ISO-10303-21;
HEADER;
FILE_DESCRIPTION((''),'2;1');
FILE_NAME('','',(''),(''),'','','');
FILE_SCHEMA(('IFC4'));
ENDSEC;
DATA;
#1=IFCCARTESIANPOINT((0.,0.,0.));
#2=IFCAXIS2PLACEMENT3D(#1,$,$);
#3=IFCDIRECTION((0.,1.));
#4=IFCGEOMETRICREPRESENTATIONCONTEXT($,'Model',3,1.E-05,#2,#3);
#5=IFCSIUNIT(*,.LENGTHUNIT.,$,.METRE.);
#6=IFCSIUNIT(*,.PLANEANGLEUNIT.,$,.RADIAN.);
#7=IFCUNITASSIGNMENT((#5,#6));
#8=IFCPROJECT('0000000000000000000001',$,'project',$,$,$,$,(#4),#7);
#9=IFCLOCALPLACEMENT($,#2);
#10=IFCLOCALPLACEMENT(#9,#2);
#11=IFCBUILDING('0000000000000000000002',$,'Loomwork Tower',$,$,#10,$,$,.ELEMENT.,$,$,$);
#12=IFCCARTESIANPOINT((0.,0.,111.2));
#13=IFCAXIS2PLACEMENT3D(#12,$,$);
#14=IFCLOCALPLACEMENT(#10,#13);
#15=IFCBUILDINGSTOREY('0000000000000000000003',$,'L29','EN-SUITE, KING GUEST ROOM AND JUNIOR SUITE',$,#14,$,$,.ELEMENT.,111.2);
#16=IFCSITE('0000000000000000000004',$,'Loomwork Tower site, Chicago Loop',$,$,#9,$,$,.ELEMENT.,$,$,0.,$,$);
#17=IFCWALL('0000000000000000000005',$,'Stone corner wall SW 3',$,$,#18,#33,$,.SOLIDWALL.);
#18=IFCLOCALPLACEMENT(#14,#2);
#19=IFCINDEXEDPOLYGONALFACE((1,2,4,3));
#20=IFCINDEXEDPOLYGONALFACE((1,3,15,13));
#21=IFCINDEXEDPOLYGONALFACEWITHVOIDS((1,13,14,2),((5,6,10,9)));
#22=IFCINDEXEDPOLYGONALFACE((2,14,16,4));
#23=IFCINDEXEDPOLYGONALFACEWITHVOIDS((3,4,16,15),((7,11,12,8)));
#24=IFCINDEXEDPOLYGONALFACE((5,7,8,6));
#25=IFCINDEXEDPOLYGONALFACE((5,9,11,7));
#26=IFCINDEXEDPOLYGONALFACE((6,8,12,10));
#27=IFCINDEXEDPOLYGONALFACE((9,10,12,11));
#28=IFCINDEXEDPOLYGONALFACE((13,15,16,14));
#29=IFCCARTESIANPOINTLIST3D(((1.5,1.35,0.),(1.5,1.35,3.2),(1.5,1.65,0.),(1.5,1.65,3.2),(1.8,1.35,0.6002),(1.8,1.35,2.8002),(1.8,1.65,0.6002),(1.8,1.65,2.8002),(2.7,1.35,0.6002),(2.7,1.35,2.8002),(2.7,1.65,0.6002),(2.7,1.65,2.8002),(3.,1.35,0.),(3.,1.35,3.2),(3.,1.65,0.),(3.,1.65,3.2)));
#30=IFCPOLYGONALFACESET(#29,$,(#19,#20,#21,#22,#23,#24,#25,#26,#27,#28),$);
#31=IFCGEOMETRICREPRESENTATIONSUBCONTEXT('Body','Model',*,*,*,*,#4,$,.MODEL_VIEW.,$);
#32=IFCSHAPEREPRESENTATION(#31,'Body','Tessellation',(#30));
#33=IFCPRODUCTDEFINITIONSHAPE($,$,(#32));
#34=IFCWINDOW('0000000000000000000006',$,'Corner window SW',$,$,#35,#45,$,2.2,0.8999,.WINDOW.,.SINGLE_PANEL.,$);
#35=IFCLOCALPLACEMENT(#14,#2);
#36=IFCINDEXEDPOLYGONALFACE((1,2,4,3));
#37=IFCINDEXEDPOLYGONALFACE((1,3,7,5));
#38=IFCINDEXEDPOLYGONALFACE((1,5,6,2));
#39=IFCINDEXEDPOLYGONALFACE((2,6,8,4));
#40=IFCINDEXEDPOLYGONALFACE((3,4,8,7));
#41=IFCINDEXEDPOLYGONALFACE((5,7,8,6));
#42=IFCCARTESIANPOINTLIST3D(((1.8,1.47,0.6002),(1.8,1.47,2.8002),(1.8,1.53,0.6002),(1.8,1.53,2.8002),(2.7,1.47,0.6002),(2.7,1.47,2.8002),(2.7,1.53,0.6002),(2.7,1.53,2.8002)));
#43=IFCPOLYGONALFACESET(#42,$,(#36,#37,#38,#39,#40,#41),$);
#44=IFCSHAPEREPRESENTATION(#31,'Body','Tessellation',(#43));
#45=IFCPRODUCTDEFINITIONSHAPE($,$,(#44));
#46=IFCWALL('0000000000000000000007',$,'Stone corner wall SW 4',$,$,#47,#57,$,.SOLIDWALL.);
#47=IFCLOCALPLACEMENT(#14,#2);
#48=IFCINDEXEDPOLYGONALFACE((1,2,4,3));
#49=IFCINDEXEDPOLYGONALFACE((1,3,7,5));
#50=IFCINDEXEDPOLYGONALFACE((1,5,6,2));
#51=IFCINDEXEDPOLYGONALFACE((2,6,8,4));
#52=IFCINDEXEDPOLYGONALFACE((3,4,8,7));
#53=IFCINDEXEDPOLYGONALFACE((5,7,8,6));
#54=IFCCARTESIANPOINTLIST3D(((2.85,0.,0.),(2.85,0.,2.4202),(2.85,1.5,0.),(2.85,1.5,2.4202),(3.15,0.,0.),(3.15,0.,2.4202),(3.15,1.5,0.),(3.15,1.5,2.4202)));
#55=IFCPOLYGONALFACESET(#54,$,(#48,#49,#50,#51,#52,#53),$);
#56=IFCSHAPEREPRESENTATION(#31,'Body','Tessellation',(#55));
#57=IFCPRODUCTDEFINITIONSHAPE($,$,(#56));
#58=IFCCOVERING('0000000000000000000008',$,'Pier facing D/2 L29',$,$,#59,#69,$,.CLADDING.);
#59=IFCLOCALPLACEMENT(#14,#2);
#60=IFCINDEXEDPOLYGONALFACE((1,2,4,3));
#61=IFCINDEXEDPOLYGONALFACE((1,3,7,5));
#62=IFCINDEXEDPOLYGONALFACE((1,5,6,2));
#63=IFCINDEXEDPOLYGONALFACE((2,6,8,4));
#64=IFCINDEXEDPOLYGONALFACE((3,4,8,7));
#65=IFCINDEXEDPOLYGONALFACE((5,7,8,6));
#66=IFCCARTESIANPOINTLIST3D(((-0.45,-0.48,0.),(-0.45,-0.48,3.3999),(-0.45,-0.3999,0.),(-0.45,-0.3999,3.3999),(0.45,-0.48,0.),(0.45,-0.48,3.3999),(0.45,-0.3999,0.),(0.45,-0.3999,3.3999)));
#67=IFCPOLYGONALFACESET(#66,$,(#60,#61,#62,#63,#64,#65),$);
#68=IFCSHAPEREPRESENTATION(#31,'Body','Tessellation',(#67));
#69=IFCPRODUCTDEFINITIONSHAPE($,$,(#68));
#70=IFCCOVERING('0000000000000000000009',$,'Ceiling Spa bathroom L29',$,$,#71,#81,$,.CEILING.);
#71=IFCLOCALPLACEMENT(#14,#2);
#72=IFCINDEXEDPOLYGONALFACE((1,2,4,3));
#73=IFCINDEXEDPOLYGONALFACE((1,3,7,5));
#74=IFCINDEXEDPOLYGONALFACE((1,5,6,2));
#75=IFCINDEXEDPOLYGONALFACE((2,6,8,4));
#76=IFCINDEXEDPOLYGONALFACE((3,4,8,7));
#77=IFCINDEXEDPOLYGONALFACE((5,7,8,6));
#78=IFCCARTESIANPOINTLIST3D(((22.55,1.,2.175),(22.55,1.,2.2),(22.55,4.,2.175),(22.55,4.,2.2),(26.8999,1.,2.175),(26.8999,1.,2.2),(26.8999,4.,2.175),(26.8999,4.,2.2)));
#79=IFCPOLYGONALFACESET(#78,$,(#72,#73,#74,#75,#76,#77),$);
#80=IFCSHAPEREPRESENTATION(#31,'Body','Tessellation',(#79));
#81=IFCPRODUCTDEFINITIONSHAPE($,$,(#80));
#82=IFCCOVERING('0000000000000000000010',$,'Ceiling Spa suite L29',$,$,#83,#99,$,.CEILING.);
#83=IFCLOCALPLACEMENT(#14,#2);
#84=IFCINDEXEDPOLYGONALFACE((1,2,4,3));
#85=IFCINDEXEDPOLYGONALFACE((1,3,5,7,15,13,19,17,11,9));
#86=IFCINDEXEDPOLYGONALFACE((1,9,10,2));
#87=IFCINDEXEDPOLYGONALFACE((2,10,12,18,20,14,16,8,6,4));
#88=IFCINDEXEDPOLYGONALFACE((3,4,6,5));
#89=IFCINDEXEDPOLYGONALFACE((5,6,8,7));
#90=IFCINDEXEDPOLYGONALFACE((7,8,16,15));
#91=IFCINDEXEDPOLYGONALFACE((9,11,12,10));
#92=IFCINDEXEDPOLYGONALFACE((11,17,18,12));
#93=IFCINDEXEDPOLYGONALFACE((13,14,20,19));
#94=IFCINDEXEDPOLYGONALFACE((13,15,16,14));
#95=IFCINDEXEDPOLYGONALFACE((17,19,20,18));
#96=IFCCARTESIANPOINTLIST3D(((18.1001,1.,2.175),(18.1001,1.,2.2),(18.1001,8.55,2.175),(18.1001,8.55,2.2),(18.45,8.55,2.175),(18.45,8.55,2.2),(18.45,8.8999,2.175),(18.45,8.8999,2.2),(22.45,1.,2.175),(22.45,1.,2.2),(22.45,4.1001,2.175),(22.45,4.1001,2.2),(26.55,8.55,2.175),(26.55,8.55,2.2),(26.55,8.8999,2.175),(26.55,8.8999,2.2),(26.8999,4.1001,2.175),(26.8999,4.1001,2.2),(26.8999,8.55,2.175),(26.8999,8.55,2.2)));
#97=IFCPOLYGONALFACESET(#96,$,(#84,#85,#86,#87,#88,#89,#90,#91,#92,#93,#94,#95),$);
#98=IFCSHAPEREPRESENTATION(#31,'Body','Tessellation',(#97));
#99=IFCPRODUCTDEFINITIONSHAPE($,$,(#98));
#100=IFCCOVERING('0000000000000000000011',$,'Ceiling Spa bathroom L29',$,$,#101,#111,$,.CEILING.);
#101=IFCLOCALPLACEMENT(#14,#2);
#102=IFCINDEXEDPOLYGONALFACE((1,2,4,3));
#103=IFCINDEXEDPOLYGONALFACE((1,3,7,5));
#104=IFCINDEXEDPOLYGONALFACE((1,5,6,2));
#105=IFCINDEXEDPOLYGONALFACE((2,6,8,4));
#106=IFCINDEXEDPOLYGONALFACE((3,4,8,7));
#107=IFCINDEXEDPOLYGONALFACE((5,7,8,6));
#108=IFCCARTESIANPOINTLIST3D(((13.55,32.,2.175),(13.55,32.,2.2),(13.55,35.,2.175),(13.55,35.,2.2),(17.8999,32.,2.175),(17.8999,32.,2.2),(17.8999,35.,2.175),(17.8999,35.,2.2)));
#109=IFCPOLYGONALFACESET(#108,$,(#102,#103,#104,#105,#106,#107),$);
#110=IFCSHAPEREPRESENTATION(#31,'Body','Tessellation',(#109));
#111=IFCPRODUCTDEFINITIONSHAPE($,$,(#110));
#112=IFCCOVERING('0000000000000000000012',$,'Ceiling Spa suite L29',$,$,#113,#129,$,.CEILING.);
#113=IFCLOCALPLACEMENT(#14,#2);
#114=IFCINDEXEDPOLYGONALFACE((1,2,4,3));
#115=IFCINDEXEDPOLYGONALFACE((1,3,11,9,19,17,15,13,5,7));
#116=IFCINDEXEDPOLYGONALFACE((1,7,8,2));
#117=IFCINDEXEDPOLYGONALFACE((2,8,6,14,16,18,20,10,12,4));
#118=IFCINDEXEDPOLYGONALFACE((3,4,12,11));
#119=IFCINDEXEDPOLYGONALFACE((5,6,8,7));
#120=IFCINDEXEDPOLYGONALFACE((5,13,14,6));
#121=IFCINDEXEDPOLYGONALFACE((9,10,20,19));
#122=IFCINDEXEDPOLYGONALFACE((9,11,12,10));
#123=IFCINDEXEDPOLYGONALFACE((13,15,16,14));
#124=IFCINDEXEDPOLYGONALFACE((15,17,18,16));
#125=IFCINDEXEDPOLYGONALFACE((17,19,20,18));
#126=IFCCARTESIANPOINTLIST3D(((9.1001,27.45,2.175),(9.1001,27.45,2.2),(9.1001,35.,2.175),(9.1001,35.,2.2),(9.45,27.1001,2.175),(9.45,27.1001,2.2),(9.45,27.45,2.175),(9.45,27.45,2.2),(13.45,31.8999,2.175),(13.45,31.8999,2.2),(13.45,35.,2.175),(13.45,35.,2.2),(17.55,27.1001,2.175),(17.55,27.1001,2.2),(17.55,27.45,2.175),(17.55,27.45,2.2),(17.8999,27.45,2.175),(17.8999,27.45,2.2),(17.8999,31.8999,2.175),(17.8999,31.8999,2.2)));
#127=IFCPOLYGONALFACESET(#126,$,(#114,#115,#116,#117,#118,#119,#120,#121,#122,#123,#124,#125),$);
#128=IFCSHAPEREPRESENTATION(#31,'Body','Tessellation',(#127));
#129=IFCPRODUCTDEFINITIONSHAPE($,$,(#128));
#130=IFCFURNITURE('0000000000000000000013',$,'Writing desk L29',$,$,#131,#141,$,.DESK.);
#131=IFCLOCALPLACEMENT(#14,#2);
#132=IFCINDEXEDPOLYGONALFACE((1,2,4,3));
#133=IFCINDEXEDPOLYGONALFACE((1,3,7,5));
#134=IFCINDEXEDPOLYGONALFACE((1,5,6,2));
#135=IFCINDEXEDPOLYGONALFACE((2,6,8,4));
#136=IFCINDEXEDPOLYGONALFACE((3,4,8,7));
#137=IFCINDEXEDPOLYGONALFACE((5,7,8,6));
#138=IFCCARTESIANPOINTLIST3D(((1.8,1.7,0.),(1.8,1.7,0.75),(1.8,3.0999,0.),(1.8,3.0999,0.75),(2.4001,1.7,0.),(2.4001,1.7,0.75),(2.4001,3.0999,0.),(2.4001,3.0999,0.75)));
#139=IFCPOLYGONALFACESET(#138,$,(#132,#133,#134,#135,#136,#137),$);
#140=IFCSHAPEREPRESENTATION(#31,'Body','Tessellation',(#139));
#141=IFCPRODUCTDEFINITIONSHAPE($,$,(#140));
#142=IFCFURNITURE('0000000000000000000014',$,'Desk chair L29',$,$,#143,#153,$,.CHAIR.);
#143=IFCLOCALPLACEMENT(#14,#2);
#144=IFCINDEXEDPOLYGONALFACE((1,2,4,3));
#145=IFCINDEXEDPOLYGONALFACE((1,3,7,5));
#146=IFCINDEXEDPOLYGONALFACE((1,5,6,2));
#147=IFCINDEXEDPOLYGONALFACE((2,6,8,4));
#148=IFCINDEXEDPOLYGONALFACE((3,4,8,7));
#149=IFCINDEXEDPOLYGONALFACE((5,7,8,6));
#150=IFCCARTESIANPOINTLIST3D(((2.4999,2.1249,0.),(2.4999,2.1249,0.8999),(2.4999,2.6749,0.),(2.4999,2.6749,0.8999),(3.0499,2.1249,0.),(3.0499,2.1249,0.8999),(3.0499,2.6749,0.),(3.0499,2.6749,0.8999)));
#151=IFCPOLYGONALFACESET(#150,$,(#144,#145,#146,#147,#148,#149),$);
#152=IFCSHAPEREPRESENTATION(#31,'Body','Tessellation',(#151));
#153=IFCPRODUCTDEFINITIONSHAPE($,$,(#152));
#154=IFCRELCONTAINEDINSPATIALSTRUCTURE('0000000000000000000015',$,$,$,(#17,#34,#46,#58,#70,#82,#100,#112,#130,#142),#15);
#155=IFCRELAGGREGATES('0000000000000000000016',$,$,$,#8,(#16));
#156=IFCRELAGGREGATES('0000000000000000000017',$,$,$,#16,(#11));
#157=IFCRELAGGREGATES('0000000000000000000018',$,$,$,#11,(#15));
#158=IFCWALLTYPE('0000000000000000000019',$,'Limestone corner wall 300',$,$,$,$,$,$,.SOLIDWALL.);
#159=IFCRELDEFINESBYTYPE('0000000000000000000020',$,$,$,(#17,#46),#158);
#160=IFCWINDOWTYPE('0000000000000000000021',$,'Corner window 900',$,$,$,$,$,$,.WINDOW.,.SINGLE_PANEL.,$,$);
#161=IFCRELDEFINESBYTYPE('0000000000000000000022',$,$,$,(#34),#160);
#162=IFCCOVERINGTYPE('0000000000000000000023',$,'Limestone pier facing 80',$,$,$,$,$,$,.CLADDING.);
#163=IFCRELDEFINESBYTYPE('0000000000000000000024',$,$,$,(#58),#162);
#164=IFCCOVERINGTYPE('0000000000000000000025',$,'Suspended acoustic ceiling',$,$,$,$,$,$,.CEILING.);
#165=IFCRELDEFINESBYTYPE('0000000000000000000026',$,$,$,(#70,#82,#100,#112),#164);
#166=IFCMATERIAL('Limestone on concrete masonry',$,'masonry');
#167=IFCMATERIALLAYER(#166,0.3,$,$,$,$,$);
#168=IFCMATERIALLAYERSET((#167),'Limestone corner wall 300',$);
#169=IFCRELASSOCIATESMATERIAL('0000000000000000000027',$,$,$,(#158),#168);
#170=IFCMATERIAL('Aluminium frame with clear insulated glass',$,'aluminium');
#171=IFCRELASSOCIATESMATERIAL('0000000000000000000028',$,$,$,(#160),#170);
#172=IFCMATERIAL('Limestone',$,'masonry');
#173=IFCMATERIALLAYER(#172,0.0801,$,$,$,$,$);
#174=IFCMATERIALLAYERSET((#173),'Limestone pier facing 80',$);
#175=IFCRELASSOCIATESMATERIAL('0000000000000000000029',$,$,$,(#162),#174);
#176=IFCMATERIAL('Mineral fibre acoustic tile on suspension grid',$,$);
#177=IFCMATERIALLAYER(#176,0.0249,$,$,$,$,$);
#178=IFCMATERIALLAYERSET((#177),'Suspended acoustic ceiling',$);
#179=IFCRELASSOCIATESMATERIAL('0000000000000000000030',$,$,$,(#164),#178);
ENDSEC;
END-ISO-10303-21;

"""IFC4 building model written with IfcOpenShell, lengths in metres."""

from ifc_helpers import new_model, si_unit, direction, frame, frame_2d, origin, origin_2d, place, context, subcontext, project, spatial, polyline, rectangle, outline, extrude, material, layer, layer_set, type_object, element, fill, save


model = new_model("IFC4")

# Units and contexts
model_context = context("Model", 3, precision=1e-05, world=origin(), true_north=direction((0.0, 1.0)))
body_context = subcontext(model_context, "Body", "Model", "MODEL_VIEW")
ifc_project = project(units=[si_unit("LENGTHUNIT", "METRE"), si_unit("PLANEANGLEUNIT", "RADIAN")], contexts=[model_context])

# Site, building, storey
site_placement = place(None, origin())
site = spatial("IfcSite", under=ifc_project, at=site_placement, Name="Loomwork Tower site, Chicago Loop", CompositionType="ELEMENT", RefElevation=0.0)
building_placement = place(site_placement, origin())
building = spatial("IfcBuilding", under=site, at=building_placement, Name="Loomwork Tower", CompositionType="ELEMENT")
storey_placement = place(building_placement, frame((0.0, 0.0, 111.2)))
storey = spatial("IfcBuildingStorey", under=building, at=storey_placement, Name="L29", Description="EN-SUITE, KING GUEST ROOM AND JUNIOR SUITE", CompositionType="ELEMENT", Elevation=111.2)

# Shared definitions
ifc_material_1 = material(Name="Limestone on concrete masonry", Category="masonry")
ifc_layer_1 = layer(ifc_material_1, 0.3)
ifc_layer_set_1 = layer_set([ifc_layer_1], Name="Limestone corner wall 300")
wall_type_1 = type_object("IfcWallType", Name="Limestone corner wall 300", PredefinedType="SOLIDWALL", material=ifc_layer_set_1)

# Wall, opening, window
ifc_material_2 = material(Name="Aluminium frame with clear insulated glass", Category="aluminium")
window_type_1 = type_object("IfcWindowType", Name="Corner window 900", PartitioningType="SINGLE_PANEL", PredefinedType="WINDOW", material=ifc_material_2)
wall_1_placement = place(storey_placement, frame((1.5, 1.5, 0.0), z_axis=(0.0, 0.0, 1.0), x_axis=(1.0, 0.0, 0.0)))
wall_1 = element("IfcWall", 1, at=wall_1_placement, inside=storey, type_object=wall_type_1, Name="Stone corner wall SW 3", PredefinedType="SOLIDWALL", context=body_context, shape_type="SweptSolid", body=[
    extrude(rectangle(XDim=1.5, YDim=0.3, at=frame_2d((0.75, 0.0))), origin(), (0.0, 0.0, 1.0), 3.2),
])
opening_1_placement = place(wall_1_placement, frame((0.3, 0.0, 0.6001)))
opening_1 = element("IfcOpeningElement", 2, at=opening_1_placement, cuts=wall_1, PredefinedType="OPENING", context=body_context, shape_type="SweptSolid", body=[
    extrude(rectangle(XDim=0.8999, YDim=2.2, at=frame_2d((0.45, 1.1001))), frame((0.0, 0.1599, 0.0), z_axis=(0.0, -1.0, 0.0), x_axis=(1.0, 0.0, 0.0)), (0.0, 0.0, 1.0), 0.3201),
])
window_1_placement = place(opening_1_placement, origin())
window_1 = element("IfcWindow", 3, at=window_1_placement, inside=storey, type_object=window_type_1, Name="Corner window SW", OverallHeight=2.2, OverallWidth=0.8999, PartitioningType="SINGLE_PANEL", PredefinedType="WINDOW", context=body_context, shape_type="SweptSolid", body=[
    extrude(rectangle(XDim=0.8999, YDim=2.2, at=frame_2d((0.45, 1.1001))), frame((0.0, 0.03, 0.0), z_axis=(0.0, -1.0, 0.0), x_axis=(1.0, 0.0, 0.0)), (0.0, 0.0, 1.0), 0.0601),
])
fill(opening_1, window_1)

# Wall
wall_2_placement = place(storey_placement, frame((3.0, 1.5, 0.0), z_axis=(0.0, 0.0, 1.0), x_axis=(0.0, -1.0, 0.0)))
element("IfcWall", 4, at=wall_2_placement, inside=storey, type_object=wall_type_1, Name="Stone corner wall SW 4", PredefinedType="SOLIDWALL", context=body_context, shape_type="SweptSolid", body=[
    extrude(rectangle(XDim=1.5, YDim=0.3, at=frame_2d((0.75, 0.0))), origin(), (0.0, 0.0, 1.0), 2.4202),
])

# Coverings
ifc_material_3 = material(Name="Limestone", Category="masonry")
ifc_layer_2 = layer(ifc_material_3, 0.0801)
ifc_layer_set_2 = layer_set([ifc_layer_2], Name="Limestone pier facing 80")
covering_type_1 = type_object("IfcCoveringType", Name="Limestone pier facing 80", PredefinedType="CLADDING", material=ifc_layer_set_2)
covering_1_placement = place(storey_placement, frame((0.0, -0.4399, 0.0), z_axis=(0.0, 0.0, 1.0), x_axis=(1.0, 0.0, 0.0)))
element("IfcCovering", 5, at=covering_1_placement, inside=storey, type_object=covering_type_1, Name="Pier facing D/2 L29", PredefinedType="CLADDING", context=body_context, shape_type="SweptSolid", body=[
    extrude(rectangle(XDim=0.8999, YDim=0.0801, at=origin_2d()), origin(), (0.0, 0.0, 1.0), 3.3999),
])
ifc_material_4 = material(Name="Mineral fibre acoustic tile on suspension grid")
ifc_layer_3 = layer(ifc_material_4, 0.0249)
ifc_layer_set_3 = layer_set([ifc_layer_3], Name="Suspended acoustic ceiling")
covering_type_2 = type_object("IfcCoveringType", Name="Suspended acoustic ceiling", PredefinedType="CEILING", material=ifc_layer_set_3)
covering_2_placement = place(storey_placement, frame((0.0, 0.0, 2.175)))
element("IfcCovering", 6, at=covering_2_placement, inside=storey, type_object=covering_type_2, Name="Ceiling Spa bathroom L29", PredefinedType="CEILING", context=body_context, shape_type="SweptSolid", body=[
    extrude(outline(polyline([(26.8999, 4.0), (26.8999, 1.0), (22.55, 1.0), (22.55, 4.0), (26.8999, 4.0)])), origin(), (0.0, 0.0, 1.0), 0.0249),
])
covering_3_placement = place(storey_placement, frame((0.0, 0.0, 2.175)))
element("IfcCovering", 7, at=covering_3_placement, inside=storey, type_object=covering_type_2, Name="Ceiling Spa suite L29", PredefinedType="CEILING", context=body_context, shape_type="SweptSolid", body=[
    extrude(outline(polyline([(26.55, 8.8999), (26.55, 8.55), (26.8999, 8.55), (26.8999, 4.1001), (22.45, 4.1001), (22.45, 1.0), (18.1001, 1.0), (18.1001, 8.55), (18.45, 8.55), (18.45, 8.8999), (26.55, 8.8999)])), origin(), (0.0, 0.0, 1.0), 0.0249),
])
covering_4_placement = place(storey_placement, frame((0.0, 0.0, 2.175)))
element("IfcCovering", 8, at=covering_4_placement, inside=storey, type_object=covering_type_2, Name="Ceiling Spa bathroom L29", PredefinedType="CEILING", context=body_context, shape_type="SweptSolid", body=[
    extrude(outline(polyline([(13.55, 35.0), (17.8999, 35.0), (17.8999, 32.0), (13.55, 32.0), (13.55, 35.0)])), origin(), (0.0, 0.0, 1.0), 0.0249),
])
covering_5_placement = place(storey_placement, frame((0.0, 0.0, 2.175)))
element("IfcCovering", 9, at=covering_5_placement, inside=storey, type_object=covering_type_2, Name="Ceiling Spa suite L29", PredefinedType="CEILING", context=body_context, shape_type="SweptSolid", body=[
    extrude(outline(polyline([(9.1001, 35.0), (13.45, 35.0), (13.45, 31.8999), (17.8999, 31.8999), (17.8999, 27.45), (17.55, 27.45), (17.55, 27.1001), (9.45, 27.1001), (9.45, 27.45), (9.1001, 27.45), (9.1001, 35.0)])), origin(), (0.0, 0.0, 1.0), 0.0249),
])

# Furniture
furniture_1_placement = place(storey_placement, frame((2.1001, 2.3999, 0.0), z_axis=(0.0, 0.0, 1.0), x_axis=(1.0, 0.0, 0.0)))
element("IfcFurniture", 10, at=furniture_1_placement, inside=storey, Name="Writing desk L29", PredefinedType="DESK", context=body_context, shape_type="SweptSolid", body=[
    extrude(rectangle(XDim=0.6001, YDim=1.3999, at=origin_2d()), origin(), (0.0, 0.0, 1.0), 0.75),
])
furniture_2_placement = place(storey_placement, frame((2.7749, 2.3999, 0.0), z_axis=(0.0, 0.0, 1.0), x_axis=(1.0, 0.0, 0.0)))
element("IfcFurniture", 11, at=furniture_2_placement, inside=storey, Name="Desk chair L29", PredefinedType="CHAIR", context=body_context, shape_type="SweptSolid", body=[
    extrude(rectangle(XDim=0.55, YDim=0.55, at=origin_2d()), origin(), (0.0, 0.0, 1.0), 0.8999),
])

save(model, "model.ifc")
